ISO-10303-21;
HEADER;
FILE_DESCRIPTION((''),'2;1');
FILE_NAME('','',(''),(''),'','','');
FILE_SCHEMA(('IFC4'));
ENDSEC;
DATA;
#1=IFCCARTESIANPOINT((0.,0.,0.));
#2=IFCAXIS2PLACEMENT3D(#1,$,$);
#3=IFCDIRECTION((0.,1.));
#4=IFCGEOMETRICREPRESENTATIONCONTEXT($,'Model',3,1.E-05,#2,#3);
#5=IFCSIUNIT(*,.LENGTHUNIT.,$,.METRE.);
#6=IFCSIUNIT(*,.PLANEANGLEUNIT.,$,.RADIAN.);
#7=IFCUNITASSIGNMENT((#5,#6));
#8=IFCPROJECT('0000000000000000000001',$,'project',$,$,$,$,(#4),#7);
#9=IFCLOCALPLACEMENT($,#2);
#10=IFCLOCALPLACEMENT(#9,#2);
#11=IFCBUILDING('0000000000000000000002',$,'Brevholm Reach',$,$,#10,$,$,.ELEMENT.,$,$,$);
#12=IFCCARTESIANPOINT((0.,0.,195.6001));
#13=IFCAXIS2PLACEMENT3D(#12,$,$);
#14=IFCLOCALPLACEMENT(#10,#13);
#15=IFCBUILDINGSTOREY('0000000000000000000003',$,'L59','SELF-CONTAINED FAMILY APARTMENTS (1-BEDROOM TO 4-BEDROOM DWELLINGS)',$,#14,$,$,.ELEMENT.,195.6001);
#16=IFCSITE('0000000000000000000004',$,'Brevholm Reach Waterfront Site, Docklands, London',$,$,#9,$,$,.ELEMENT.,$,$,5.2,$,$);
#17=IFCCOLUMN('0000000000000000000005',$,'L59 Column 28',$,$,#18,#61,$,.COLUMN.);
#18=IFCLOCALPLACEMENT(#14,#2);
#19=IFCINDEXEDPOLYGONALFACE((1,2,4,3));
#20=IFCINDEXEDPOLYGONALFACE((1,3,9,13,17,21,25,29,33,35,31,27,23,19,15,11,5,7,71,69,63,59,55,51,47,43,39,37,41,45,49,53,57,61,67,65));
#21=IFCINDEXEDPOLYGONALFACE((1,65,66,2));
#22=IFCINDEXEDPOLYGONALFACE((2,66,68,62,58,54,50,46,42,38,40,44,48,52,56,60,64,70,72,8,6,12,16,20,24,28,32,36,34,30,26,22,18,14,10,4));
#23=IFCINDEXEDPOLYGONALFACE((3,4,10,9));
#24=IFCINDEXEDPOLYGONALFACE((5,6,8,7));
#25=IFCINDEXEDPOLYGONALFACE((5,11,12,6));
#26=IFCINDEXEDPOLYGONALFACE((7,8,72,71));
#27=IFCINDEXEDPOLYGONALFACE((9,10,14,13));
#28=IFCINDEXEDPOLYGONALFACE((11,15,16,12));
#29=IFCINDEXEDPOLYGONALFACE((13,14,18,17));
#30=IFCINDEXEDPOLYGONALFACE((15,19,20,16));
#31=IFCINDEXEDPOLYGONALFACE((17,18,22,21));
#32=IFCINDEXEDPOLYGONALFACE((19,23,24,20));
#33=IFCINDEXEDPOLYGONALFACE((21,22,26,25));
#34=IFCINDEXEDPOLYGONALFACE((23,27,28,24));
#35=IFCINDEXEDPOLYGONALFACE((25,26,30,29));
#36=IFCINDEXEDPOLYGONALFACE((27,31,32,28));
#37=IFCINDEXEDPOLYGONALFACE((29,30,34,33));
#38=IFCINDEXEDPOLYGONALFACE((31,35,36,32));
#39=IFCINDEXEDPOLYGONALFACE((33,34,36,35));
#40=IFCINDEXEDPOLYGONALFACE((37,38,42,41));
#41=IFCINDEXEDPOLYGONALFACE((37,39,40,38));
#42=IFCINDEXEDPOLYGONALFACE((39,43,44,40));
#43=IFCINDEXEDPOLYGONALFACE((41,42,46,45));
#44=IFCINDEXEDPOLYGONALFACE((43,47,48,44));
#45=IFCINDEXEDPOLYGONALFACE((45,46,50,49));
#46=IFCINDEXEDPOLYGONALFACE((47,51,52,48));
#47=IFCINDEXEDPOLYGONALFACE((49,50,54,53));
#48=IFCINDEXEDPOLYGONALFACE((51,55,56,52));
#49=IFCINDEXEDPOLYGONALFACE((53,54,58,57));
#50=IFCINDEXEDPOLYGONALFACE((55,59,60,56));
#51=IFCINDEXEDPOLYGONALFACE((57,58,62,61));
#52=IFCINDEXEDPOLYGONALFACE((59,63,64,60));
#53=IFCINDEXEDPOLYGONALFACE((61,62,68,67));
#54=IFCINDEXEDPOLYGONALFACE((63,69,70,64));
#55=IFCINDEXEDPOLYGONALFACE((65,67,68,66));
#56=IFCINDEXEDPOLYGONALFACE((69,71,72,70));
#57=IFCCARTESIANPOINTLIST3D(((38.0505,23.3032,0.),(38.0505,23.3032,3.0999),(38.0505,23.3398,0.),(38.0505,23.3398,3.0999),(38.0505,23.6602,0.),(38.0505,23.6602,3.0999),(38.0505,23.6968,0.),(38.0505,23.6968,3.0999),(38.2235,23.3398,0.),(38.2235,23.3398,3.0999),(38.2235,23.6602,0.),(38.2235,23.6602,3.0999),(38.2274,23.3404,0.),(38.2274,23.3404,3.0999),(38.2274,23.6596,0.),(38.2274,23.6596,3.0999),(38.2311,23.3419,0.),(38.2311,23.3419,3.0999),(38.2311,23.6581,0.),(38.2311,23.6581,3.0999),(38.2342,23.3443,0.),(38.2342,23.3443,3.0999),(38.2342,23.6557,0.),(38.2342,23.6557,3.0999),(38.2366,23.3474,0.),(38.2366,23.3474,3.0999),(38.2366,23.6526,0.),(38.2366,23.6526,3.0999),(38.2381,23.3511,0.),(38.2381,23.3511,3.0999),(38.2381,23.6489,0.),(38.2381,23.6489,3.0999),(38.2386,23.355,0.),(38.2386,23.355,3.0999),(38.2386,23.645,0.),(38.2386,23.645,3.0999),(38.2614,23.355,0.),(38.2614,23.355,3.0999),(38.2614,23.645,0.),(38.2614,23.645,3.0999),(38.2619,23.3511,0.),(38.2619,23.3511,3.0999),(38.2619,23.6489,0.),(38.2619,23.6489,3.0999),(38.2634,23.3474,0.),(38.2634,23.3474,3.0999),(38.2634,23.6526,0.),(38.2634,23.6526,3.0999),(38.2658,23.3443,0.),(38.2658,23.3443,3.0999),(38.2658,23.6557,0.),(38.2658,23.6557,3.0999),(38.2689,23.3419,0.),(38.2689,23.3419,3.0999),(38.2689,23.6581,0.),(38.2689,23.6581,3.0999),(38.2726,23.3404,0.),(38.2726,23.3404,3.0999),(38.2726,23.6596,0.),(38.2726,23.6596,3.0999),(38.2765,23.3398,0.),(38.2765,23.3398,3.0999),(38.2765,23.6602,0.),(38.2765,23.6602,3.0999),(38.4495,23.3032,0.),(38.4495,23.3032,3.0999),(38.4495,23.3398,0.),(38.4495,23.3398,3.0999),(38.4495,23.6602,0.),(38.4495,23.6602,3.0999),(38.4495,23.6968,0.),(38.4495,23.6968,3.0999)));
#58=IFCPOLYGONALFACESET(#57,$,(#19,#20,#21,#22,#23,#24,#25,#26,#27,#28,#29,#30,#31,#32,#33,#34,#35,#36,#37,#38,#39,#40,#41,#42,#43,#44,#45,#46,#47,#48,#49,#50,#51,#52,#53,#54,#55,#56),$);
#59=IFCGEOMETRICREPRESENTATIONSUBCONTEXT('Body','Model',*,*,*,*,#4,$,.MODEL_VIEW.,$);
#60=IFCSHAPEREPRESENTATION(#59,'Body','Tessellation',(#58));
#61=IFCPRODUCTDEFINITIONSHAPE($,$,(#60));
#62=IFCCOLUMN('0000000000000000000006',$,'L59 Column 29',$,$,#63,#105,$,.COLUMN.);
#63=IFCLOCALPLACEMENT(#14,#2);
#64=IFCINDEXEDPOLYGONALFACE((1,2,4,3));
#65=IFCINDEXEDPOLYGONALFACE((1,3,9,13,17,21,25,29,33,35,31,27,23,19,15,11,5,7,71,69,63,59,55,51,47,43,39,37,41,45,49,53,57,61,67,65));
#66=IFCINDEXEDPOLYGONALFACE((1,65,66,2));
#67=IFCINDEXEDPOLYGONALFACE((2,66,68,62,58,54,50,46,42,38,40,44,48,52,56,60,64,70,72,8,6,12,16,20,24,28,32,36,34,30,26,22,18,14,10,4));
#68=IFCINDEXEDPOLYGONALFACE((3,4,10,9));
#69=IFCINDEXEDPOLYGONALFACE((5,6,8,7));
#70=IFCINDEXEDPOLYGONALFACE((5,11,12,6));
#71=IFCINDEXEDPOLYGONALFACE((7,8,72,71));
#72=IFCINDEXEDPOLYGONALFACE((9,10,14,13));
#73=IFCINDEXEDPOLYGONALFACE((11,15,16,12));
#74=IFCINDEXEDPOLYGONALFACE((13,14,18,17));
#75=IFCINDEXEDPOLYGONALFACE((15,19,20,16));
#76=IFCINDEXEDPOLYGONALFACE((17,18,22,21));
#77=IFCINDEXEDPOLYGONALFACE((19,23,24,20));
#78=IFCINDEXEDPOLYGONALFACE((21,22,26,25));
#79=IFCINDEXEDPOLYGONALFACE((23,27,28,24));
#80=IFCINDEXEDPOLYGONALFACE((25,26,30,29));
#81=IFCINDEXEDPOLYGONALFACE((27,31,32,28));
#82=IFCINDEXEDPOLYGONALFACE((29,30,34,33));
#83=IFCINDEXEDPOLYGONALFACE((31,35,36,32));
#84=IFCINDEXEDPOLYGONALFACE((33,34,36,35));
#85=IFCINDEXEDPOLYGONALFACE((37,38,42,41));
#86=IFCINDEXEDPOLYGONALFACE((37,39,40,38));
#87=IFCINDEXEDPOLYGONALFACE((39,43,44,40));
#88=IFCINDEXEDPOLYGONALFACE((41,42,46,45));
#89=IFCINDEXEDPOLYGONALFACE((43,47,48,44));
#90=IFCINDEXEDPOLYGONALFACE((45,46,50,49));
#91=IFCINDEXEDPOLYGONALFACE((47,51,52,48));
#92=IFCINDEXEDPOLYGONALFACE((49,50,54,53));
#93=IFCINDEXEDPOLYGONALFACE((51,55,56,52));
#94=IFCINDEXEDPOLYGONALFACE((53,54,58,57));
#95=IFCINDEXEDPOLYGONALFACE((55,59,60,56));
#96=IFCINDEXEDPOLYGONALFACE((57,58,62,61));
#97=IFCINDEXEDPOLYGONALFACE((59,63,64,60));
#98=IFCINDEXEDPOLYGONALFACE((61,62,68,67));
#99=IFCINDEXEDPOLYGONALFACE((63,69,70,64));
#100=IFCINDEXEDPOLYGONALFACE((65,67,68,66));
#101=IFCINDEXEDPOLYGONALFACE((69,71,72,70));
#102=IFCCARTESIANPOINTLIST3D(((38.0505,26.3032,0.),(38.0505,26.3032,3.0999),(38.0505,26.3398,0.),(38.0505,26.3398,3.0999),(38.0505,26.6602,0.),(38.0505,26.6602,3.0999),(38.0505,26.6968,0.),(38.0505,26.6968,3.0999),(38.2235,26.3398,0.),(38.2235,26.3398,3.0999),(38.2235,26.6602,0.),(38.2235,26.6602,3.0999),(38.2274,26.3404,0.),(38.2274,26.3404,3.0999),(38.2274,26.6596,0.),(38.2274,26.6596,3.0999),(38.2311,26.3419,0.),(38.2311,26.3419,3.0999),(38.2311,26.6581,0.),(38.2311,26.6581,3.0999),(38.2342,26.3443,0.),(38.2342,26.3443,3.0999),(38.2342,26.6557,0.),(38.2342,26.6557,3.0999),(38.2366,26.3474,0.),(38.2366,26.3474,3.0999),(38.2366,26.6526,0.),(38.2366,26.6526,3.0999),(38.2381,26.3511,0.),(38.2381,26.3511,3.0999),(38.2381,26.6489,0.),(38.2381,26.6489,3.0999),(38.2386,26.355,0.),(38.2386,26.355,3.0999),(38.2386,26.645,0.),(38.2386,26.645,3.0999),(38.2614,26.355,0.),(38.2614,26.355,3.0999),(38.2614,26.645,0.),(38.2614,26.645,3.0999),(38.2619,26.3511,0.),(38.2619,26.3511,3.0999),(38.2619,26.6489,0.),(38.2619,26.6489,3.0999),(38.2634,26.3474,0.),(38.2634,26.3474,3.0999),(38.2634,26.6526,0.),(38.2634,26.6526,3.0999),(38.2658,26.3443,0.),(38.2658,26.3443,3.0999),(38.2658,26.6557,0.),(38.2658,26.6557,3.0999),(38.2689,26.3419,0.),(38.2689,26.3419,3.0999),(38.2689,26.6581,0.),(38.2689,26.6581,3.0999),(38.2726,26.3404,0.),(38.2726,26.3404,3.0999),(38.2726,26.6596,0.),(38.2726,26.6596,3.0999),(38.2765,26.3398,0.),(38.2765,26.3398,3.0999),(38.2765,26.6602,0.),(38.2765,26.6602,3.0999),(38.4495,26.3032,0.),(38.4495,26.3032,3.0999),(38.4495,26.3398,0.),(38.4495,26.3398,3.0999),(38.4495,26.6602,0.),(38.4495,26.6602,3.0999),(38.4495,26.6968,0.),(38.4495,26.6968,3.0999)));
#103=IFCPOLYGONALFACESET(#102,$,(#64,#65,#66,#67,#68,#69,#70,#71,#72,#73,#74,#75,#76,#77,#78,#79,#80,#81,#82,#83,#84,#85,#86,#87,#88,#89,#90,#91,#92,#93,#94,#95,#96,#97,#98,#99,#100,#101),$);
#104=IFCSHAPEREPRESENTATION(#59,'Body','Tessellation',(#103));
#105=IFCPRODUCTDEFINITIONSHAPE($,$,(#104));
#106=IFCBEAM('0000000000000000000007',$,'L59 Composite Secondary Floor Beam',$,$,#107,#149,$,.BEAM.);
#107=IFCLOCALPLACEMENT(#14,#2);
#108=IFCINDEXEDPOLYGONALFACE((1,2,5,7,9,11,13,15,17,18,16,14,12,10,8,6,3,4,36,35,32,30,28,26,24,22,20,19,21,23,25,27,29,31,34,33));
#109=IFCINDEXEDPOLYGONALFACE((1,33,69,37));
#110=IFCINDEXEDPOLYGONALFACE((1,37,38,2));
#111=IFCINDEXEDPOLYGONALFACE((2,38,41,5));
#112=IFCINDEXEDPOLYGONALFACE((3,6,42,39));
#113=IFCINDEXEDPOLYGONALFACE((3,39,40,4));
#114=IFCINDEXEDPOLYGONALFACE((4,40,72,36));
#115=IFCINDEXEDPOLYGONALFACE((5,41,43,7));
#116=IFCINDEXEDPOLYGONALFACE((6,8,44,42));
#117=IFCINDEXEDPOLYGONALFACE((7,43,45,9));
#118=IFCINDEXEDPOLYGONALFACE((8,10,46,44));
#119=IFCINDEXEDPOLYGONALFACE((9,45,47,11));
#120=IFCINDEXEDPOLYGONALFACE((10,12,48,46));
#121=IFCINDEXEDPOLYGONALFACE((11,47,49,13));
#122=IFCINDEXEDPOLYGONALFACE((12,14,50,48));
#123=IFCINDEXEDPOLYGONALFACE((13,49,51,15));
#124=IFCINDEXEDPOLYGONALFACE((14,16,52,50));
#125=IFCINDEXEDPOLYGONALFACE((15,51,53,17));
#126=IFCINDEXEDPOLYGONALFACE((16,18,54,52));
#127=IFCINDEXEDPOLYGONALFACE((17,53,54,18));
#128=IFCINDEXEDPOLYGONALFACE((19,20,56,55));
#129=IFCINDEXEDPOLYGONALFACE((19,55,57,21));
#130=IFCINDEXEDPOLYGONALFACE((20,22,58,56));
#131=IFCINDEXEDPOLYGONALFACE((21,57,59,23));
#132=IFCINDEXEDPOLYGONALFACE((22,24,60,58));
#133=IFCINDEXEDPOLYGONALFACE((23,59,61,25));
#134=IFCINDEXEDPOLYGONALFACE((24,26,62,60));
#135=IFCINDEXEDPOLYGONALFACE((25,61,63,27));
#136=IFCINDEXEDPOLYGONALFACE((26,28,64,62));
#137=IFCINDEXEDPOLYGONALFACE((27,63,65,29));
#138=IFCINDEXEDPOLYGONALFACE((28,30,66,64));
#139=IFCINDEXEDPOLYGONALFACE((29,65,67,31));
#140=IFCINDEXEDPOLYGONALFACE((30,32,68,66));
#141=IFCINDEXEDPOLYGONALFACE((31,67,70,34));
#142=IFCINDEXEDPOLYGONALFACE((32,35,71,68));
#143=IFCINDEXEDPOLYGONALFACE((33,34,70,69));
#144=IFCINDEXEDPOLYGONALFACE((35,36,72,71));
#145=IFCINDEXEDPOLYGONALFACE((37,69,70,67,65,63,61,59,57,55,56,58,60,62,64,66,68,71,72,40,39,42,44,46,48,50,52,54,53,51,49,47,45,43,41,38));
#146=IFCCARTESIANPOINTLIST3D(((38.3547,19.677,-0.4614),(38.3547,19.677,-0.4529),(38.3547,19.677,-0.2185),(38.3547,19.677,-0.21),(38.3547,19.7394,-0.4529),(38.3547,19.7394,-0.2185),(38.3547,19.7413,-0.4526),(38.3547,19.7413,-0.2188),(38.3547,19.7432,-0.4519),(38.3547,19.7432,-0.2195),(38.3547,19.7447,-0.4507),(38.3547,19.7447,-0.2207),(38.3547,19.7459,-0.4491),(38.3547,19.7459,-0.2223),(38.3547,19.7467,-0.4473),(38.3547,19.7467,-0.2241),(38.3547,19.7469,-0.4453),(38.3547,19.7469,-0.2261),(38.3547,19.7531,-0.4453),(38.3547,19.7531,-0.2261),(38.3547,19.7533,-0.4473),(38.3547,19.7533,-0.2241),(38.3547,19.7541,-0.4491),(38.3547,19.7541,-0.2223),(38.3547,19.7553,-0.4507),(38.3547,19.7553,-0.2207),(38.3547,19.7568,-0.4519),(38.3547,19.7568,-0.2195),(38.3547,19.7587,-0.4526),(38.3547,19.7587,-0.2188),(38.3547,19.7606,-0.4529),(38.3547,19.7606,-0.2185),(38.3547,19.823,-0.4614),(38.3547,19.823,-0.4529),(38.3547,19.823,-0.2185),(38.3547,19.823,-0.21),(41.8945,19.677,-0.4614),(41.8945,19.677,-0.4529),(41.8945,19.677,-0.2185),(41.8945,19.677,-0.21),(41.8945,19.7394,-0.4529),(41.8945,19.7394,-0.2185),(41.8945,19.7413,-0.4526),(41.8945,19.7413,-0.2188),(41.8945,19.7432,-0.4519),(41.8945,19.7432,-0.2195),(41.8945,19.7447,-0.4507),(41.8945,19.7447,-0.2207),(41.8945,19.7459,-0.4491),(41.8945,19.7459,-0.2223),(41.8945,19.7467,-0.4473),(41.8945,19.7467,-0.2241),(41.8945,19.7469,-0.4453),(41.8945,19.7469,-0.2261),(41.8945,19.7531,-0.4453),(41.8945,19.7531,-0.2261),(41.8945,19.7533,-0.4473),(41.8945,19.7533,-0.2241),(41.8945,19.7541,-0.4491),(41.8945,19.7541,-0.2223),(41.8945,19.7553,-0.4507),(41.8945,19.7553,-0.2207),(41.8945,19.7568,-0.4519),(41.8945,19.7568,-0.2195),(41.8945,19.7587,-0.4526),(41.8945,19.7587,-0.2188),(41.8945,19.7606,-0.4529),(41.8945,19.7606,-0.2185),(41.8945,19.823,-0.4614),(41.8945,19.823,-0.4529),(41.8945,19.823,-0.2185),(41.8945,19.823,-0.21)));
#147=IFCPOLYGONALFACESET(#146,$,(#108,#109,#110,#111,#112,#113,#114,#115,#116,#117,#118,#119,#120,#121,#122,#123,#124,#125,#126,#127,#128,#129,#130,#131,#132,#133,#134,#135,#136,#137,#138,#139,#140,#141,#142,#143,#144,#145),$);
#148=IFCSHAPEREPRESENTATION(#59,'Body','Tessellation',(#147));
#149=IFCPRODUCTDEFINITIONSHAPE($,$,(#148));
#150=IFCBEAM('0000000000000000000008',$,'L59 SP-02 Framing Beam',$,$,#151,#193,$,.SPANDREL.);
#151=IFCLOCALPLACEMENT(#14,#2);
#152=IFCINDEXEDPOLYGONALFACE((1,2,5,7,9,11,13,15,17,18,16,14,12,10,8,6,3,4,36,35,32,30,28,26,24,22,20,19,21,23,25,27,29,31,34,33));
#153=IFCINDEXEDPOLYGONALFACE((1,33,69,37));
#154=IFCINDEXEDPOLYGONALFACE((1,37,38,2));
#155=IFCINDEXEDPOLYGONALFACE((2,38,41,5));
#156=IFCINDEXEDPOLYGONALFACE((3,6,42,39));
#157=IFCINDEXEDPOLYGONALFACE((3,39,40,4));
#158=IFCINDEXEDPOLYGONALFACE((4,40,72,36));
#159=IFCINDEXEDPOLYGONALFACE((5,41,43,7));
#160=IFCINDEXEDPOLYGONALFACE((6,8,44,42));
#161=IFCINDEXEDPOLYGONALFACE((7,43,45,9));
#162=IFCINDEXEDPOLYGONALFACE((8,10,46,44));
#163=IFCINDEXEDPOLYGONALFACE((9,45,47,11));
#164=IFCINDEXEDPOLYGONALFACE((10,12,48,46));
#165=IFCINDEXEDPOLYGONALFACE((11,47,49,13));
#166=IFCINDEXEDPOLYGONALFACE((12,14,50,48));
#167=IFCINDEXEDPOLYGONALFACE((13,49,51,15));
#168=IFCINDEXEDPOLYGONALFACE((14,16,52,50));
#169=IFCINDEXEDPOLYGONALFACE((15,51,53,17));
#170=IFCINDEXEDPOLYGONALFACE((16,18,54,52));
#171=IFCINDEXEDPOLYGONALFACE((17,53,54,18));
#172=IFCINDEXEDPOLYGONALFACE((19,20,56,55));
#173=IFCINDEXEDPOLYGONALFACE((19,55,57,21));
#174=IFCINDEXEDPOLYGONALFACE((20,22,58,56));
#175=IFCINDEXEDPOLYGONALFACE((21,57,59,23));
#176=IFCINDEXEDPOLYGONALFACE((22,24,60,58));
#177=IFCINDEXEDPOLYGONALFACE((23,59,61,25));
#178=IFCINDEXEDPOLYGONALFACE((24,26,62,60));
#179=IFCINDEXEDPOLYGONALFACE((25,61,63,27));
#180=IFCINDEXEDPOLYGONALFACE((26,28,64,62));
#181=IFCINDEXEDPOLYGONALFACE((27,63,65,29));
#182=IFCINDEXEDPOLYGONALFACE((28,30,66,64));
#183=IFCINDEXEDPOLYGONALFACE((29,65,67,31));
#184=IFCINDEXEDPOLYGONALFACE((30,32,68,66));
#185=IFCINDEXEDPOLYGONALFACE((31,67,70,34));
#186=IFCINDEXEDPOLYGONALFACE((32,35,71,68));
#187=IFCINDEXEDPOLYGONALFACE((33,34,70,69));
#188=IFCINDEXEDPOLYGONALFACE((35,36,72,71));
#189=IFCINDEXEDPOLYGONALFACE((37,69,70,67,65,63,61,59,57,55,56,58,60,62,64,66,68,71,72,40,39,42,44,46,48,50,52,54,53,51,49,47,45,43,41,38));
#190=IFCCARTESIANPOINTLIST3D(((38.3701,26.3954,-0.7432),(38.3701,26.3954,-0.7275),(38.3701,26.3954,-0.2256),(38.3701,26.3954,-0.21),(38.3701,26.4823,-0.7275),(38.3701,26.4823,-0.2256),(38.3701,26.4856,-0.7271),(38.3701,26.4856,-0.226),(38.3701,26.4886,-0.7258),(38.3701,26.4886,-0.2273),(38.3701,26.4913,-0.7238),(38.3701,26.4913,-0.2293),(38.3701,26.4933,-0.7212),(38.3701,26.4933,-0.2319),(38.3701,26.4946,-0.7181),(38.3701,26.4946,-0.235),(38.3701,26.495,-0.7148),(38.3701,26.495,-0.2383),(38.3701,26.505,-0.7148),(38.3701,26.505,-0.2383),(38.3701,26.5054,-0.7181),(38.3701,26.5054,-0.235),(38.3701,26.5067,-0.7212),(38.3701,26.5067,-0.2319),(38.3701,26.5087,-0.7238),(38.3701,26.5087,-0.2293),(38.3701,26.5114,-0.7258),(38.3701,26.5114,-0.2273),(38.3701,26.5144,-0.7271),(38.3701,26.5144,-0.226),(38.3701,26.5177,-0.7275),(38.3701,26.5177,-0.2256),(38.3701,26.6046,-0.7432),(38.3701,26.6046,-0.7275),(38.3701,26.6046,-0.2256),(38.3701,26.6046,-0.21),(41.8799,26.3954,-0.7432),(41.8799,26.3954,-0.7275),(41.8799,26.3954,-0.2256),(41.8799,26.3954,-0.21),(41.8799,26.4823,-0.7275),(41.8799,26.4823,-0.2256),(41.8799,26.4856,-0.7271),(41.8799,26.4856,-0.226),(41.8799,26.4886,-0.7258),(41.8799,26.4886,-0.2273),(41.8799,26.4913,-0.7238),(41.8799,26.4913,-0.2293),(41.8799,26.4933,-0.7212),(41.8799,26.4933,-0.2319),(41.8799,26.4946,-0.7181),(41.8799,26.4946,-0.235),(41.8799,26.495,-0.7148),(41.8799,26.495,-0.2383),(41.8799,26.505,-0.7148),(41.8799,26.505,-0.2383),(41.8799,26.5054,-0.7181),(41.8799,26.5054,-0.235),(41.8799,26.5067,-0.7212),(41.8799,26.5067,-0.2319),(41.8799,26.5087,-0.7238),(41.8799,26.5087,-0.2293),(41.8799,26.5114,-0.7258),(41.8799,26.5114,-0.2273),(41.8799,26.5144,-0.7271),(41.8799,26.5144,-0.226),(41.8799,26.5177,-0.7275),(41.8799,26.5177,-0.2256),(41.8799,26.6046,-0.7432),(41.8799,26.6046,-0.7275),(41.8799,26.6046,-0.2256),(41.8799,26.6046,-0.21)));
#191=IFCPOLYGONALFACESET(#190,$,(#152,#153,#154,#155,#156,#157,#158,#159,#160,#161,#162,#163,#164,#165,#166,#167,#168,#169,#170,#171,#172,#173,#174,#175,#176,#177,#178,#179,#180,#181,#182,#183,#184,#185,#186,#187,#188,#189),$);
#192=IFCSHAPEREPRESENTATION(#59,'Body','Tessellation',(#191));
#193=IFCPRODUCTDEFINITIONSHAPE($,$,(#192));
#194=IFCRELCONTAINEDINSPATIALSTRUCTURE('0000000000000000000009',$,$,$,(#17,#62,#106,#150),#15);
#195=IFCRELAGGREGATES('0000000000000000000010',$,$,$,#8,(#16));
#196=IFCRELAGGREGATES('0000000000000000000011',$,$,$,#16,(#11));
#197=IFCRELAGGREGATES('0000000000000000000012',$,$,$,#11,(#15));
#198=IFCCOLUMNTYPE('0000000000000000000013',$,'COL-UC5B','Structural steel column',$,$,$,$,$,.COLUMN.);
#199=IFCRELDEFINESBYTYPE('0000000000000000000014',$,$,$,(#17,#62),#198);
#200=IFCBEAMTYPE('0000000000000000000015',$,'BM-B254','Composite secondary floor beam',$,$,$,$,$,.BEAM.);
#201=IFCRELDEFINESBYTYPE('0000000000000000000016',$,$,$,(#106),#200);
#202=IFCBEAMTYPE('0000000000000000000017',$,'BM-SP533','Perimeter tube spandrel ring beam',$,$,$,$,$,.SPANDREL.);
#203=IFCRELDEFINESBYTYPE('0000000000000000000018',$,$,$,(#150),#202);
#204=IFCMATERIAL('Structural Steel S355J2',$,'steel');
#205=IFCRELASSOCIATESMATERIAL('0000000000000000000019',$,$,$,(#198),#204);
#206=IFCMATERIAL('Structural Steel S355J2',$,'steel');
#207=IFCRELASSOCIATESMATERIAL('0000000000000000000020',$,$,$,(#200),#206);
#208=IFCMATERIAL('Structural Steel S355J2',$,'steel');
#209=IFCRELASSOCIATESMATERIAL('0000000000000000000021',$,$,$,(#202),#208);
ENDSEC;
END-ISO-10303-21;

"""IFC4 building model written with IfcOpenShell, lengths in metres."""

from ifc_helpers import new_model, si_unit, direction, frame, origin, origin_2d, place, context, subcontext, project, spatial, i_section, extrude, material, material_profile, profile_set, type_object, element, save


model = new_model("IFC4")

# Units and contexts
model_context = context("Model", 3, precision=1e-05, world=origin(), true_north=direction((0.0, 1.0)))
body_context = subcontext(model_context, "Body", "Model", "MODEL_VIEW")
ifc_project = project(units=[si_unit("LENGTHUNIT", "METRE"), si_unit("PLANEANGLEUNIT", "RADIAN")], contexts=[model_context])

# Site, building, storey
site_placement = place(None, origin())
site = spatial("IfcSite", under=ifc_project, at=site_placement, Name="Brevholm Reach Waterfront Site, Docklands, London", CompositionType="ELEMENT", RefElevation=5.2)
building_placement = place(site_placement, origin())
building = spatial("IfcBuilding", under=site, at=building_placement, Name="Brevholm Reach", CompositionType="ELEMENT")
storey_placement = place(building_placement, frame((0.0, 0.0, 195.6001)))
storey = spatial("IfcBuildingStorey", under=building, at=storey_placement, Name="L59", Description="SELF-CONTAINED FAMILY APARTMENTS (1-BEDROOM TO 4-BEDROOM DWELLINGS)", CompositionType="ELEMENT", Elevation=195.6001)

# Columns
ifc_material_1 = material(Name="Structural Steel S355J2", Category="steel")
ifc_material_profile_1 = material_profile(ifc_material_1, i_section(OverallWidth=0.3989, OverallDepth=0.3936, WebThickness=0.0227, FlangeThickness=0.0366, FilletRadius=0.0151, at=origin_2d()), Name="UKC 356x406x287")
ifc_profile_set_1 = profile_set([ifc_material_profile_1], Name="Structural Steel S355J2")
column_type = type_object("IfcColumnType", Name="COL-UC5B", Description="Structural steel column", PredefinedType="COLUMN", material=ifc_profile_set_1)
for number, where, z_axis, x_axis, name in (
    (1, (38.25, 23.5, 0.0), (0.0, 0.0, 1.0), (1.0, 0.0, 0.0), "L59 Column 28"),
    (2, (38.25, 26.5, 0.0), (0.0, 0.0, 1.0), (1.0, 0.0, 0.0), "L59 Column 29"),
):
    element("IfcColumn", number, at=place(storey_placement, frame(where, z_axis=z_axis, x_axis=x_axis)), inside=storey, type_object=column_type, Name=name, PredefinedType="COLUMN", context=body_context, shape_type="SweptSolid", body=[
        extrude(i_section(OverallWidth=0.3989, OverallDepth=0.3936, WebThickness=0.0227, FlangeThickness=0.0366, FilletRadius=0.0151, at=origin_2d()), origin(), (0.0, 0.0, 1.0), 3.0999),
    ])

# Beams
ifc_material_2 = material(Name="Structural Steel S355J2", Category="steel")
ifc_material_profile_2 = material_profile(ifc_material_2, i_section(OverallWidth=0.146, OverallDepth=0.2515, WebThickness=0.0061, FlangeThickness=0.0085, FilletRadius=0.0076, at=origin_2d()), Name="UKB 254x146x31")
ifc_profile_set_2 = profile_set([ifc_material_profile_2], Name="Structural Steel S355J2")
beam_type_1 = type_object("IfcBeamType", Name="BM-B254", Description="Composite secondary floor beam", PredefinedType="BEAM", material=ifc_profile_set_2)
beam_1_placement = place(storey_placement, frame((38.3547, 19.75, -0.3357), z_axis=(1.0, 0.0, 0.0), x_axis=(0.0, 1.0, 0.0)))
element("IfcBeam", 3, at=beam_1_placement, inside=storey, type_object=beam_type_1, Name="L59 Composite Secondary Floor Beam", PredefinedType="BEAM", context=body_context, shape_type="SweptSolid", body=[
    extrude(i_section(OverallWidth=0.146, OverallDepth=0.2515, WebThickness=0.0061, FlangeThickness=0.0085, FilletRadius=0.0076, at=origin_2d()), origin(), (0.0, 0.0, 1.0), 3.5398),
])
ifc_material_3 = material(Name="Structural Steel S355J2", Category="steel")
ifc_material_profile_3 = material_profile(ifc_material_3, i_section(OverallWidth=0.2092, OverallDepth=0.5332, WebThickness=0.01, FlangeThickness=0.0156, FilletRadius=0.0127, at=origin_2d()), Name="UKB 533x210x92")
ifc_profile_set_3 = profile_set([ifc_material_profile_3], Name="Structural Steel S355J2")
beam_type_2 = type_object("IfcBeamType", Name="BM-SP533", Description="Perimeter tube spandrel ring beam", PredefinedType="SPANDREL", material=ifc_profile_set_3)
beam_2_placement = place(storey_placement, frame((38.3701, 26.5, -0.4766), z_axis=(1.0, 0.0, 0.0), x_axis=(0.0, 1.0, 0.0)))
element("IfcBeam", 4, at=beam_2_placement, inside=storey, type_object=beam_type_2, Name="L59 SP-02 Framing Beam", PredefinedType="SPANDREL", context=body_context, shape_type="SweptSolid", body=[
    extrude(i_section(OverallWidth=0.2092, OverallDepth=0.5332, WebThickness=0.01, FlangeThickness=0.0156, FilletRadius=0.0127, at=origin_2d()), origin(), (0.0, 0.0, 1.0), 3.5098),
])

save(model, "model.ifc")
